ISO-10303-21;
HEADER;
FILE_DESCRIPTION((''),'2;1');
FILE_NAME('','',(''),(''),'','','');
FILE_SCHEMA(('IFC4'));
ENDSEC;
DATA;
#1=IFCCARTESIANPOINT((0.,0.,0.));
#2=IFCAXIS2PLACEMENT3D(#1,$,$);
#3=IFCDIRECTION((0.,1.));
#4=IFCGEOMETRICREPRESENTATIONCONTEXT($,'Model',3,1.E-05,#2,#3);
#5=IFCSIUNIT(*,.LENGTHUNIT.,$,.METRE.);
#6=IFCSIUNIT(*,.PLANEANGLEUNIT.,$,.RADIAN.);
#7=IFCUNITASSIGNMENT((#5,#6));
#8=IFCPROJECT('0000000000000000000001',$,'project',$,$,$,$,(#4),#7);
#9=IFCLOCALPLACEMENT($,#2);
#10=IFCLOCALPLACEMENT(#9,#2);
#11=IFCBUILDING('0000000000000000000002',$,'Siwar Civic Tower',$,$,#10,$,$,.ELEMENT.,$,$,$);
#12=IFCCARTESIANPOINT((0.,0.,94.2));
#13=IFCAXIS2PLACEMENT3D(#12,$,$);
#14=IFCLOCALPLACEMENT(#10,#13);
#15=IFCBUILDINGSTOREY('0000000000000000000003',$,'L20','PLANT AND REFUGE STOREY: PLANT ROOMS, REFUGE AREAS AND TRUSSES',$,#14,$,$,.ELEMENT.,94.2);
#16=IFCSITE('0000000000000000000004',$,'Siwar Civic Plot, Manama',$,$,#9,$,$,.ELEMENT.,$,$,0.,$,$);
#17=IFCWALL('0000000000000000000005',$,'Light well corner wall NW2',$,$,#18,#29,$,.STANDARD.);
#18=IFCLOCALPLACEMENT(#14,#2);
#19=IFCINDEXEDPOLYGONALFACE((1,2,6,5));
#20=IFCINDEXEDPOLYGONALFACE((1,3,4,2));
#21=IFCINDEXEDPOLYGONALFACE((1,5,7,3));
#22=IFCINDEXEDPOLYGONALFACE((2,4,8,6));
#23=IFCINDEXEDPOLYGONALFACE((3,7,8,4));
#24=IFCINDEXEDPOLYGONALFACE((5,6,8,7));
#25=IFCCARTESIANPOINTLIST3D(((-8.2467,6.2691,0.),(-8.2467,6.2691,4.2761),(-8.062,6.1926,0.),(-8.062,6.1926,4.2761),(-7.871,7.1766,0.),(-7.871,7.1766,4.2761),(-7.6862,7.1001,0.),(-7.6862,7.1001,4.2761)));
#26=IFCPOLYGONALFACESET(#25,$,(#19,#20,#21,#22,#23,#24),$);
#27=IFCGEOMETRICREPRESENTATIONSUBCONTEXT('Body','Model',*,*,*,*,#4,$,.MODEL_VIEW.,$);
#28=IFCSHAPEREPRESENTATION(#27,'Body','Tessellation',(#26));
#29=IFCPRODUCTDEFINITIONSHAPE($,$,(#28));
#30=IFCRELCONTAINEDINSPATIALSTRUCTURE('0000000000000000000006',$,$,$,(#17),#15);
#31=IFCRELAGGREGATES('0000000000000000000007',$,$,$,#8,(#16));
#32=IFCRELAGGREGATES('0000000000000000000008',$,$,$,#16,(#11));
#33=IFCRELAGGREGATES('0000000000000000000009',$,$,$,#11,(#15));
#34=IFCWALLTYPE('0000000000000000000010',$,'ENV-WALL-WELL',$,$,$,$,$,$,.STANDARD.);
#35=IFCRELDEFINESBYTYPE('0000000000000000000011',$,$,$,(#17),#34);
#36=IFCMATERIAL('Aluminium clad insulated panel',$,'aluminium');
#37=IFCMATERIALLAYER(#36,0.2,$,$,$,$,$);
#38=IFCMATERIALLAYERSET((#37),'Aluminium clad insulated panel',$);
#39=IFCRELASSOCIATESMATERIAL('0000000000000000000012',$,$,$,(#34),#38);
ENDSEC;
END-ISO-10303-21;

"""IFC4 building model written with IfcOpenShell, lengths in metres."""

from ifc_helpers import new_model, si_unit, direction, frame, frame_2d, origin, place, context, subcontext, project, spatial, rectangle, extrude, material, layer, layer_set, type_object, element, save


model = new_model("IFC4")

# Units and contexts
model_context = context("Model", 3, precision=1e-05, world=origin(), true_north=direction((0.0, 1.0)))
body_context = subcontext(model_context, "Body", "Model", "MODEL_VIEW")
ifc_project = project(units=[si_unit("LENGTHUNIT", "METRE"), si_unit("PLANEANGLEUNIT", "RADIAN")], contexts=[model_context])

# Site, building, storey
site_placement = place(None, origin())
site = spatial("IfcSite", under=ifc_project, at=site_placement, Name="Siwar Civic Plot, Manama", CompositionType="ELEMENT", RefElevation=0.0)
building_placement = place(site_placement, origin())
building = spatial("IfcBuilding", under=site, at=building_placement, Name="Siwar Civic Tower", CompositionType="ELEMENT")
storey_placement = place(building_placement, frame((0.0, 0.0, 94.2)))
storey = spatial("IfcBuildingStorey", under=building, at=storey_placement, Name="L20", Description="PLANT AND REFUGE STOREY: PLANT ROOMS, REFUGE AREAS AND TRUSSES", CompositionType="ELEMENT", Elevation=94.2)

# Wall
ifc_material_1 = material(Name="Aluminium clad insulated panel", Category="aluminium")
ifc_layer_1 = layer(ifc_material_1, 0.2)
ifc_layer_set_1 = layer_set([ifc_layer_1], Name="Aluminium clad insulated panel")
wall_type_1 = type_object("IfcWallType", Name="ENV-WALL-WELL", PredefinedType="STANDARD", material=ifc_layer_set_1)
wall_1_placement = place(storey_placement, frame((-7.7786, 7.1384, 0.0), z_axis=(0.0, 0.0, 1.0), x_axis=(-0.382549, -0.923935, 0.0)))
element("IfcWall", 1, at=wall_1_placement, inside=storey, type_object=wall_type_1, Name="Light well corner wall NW2", PredefinedType="STANDARD", context=body_context, shape_type="SweptSolid", body=[
    extrude(rectangle(XDim=0.9822, YDim=0.2, at=frame_2d((0.4912, 0.0))), origin(), (0.0, 0.0, 1.0), 4.2761),
])

save(model, "model.ifc")
